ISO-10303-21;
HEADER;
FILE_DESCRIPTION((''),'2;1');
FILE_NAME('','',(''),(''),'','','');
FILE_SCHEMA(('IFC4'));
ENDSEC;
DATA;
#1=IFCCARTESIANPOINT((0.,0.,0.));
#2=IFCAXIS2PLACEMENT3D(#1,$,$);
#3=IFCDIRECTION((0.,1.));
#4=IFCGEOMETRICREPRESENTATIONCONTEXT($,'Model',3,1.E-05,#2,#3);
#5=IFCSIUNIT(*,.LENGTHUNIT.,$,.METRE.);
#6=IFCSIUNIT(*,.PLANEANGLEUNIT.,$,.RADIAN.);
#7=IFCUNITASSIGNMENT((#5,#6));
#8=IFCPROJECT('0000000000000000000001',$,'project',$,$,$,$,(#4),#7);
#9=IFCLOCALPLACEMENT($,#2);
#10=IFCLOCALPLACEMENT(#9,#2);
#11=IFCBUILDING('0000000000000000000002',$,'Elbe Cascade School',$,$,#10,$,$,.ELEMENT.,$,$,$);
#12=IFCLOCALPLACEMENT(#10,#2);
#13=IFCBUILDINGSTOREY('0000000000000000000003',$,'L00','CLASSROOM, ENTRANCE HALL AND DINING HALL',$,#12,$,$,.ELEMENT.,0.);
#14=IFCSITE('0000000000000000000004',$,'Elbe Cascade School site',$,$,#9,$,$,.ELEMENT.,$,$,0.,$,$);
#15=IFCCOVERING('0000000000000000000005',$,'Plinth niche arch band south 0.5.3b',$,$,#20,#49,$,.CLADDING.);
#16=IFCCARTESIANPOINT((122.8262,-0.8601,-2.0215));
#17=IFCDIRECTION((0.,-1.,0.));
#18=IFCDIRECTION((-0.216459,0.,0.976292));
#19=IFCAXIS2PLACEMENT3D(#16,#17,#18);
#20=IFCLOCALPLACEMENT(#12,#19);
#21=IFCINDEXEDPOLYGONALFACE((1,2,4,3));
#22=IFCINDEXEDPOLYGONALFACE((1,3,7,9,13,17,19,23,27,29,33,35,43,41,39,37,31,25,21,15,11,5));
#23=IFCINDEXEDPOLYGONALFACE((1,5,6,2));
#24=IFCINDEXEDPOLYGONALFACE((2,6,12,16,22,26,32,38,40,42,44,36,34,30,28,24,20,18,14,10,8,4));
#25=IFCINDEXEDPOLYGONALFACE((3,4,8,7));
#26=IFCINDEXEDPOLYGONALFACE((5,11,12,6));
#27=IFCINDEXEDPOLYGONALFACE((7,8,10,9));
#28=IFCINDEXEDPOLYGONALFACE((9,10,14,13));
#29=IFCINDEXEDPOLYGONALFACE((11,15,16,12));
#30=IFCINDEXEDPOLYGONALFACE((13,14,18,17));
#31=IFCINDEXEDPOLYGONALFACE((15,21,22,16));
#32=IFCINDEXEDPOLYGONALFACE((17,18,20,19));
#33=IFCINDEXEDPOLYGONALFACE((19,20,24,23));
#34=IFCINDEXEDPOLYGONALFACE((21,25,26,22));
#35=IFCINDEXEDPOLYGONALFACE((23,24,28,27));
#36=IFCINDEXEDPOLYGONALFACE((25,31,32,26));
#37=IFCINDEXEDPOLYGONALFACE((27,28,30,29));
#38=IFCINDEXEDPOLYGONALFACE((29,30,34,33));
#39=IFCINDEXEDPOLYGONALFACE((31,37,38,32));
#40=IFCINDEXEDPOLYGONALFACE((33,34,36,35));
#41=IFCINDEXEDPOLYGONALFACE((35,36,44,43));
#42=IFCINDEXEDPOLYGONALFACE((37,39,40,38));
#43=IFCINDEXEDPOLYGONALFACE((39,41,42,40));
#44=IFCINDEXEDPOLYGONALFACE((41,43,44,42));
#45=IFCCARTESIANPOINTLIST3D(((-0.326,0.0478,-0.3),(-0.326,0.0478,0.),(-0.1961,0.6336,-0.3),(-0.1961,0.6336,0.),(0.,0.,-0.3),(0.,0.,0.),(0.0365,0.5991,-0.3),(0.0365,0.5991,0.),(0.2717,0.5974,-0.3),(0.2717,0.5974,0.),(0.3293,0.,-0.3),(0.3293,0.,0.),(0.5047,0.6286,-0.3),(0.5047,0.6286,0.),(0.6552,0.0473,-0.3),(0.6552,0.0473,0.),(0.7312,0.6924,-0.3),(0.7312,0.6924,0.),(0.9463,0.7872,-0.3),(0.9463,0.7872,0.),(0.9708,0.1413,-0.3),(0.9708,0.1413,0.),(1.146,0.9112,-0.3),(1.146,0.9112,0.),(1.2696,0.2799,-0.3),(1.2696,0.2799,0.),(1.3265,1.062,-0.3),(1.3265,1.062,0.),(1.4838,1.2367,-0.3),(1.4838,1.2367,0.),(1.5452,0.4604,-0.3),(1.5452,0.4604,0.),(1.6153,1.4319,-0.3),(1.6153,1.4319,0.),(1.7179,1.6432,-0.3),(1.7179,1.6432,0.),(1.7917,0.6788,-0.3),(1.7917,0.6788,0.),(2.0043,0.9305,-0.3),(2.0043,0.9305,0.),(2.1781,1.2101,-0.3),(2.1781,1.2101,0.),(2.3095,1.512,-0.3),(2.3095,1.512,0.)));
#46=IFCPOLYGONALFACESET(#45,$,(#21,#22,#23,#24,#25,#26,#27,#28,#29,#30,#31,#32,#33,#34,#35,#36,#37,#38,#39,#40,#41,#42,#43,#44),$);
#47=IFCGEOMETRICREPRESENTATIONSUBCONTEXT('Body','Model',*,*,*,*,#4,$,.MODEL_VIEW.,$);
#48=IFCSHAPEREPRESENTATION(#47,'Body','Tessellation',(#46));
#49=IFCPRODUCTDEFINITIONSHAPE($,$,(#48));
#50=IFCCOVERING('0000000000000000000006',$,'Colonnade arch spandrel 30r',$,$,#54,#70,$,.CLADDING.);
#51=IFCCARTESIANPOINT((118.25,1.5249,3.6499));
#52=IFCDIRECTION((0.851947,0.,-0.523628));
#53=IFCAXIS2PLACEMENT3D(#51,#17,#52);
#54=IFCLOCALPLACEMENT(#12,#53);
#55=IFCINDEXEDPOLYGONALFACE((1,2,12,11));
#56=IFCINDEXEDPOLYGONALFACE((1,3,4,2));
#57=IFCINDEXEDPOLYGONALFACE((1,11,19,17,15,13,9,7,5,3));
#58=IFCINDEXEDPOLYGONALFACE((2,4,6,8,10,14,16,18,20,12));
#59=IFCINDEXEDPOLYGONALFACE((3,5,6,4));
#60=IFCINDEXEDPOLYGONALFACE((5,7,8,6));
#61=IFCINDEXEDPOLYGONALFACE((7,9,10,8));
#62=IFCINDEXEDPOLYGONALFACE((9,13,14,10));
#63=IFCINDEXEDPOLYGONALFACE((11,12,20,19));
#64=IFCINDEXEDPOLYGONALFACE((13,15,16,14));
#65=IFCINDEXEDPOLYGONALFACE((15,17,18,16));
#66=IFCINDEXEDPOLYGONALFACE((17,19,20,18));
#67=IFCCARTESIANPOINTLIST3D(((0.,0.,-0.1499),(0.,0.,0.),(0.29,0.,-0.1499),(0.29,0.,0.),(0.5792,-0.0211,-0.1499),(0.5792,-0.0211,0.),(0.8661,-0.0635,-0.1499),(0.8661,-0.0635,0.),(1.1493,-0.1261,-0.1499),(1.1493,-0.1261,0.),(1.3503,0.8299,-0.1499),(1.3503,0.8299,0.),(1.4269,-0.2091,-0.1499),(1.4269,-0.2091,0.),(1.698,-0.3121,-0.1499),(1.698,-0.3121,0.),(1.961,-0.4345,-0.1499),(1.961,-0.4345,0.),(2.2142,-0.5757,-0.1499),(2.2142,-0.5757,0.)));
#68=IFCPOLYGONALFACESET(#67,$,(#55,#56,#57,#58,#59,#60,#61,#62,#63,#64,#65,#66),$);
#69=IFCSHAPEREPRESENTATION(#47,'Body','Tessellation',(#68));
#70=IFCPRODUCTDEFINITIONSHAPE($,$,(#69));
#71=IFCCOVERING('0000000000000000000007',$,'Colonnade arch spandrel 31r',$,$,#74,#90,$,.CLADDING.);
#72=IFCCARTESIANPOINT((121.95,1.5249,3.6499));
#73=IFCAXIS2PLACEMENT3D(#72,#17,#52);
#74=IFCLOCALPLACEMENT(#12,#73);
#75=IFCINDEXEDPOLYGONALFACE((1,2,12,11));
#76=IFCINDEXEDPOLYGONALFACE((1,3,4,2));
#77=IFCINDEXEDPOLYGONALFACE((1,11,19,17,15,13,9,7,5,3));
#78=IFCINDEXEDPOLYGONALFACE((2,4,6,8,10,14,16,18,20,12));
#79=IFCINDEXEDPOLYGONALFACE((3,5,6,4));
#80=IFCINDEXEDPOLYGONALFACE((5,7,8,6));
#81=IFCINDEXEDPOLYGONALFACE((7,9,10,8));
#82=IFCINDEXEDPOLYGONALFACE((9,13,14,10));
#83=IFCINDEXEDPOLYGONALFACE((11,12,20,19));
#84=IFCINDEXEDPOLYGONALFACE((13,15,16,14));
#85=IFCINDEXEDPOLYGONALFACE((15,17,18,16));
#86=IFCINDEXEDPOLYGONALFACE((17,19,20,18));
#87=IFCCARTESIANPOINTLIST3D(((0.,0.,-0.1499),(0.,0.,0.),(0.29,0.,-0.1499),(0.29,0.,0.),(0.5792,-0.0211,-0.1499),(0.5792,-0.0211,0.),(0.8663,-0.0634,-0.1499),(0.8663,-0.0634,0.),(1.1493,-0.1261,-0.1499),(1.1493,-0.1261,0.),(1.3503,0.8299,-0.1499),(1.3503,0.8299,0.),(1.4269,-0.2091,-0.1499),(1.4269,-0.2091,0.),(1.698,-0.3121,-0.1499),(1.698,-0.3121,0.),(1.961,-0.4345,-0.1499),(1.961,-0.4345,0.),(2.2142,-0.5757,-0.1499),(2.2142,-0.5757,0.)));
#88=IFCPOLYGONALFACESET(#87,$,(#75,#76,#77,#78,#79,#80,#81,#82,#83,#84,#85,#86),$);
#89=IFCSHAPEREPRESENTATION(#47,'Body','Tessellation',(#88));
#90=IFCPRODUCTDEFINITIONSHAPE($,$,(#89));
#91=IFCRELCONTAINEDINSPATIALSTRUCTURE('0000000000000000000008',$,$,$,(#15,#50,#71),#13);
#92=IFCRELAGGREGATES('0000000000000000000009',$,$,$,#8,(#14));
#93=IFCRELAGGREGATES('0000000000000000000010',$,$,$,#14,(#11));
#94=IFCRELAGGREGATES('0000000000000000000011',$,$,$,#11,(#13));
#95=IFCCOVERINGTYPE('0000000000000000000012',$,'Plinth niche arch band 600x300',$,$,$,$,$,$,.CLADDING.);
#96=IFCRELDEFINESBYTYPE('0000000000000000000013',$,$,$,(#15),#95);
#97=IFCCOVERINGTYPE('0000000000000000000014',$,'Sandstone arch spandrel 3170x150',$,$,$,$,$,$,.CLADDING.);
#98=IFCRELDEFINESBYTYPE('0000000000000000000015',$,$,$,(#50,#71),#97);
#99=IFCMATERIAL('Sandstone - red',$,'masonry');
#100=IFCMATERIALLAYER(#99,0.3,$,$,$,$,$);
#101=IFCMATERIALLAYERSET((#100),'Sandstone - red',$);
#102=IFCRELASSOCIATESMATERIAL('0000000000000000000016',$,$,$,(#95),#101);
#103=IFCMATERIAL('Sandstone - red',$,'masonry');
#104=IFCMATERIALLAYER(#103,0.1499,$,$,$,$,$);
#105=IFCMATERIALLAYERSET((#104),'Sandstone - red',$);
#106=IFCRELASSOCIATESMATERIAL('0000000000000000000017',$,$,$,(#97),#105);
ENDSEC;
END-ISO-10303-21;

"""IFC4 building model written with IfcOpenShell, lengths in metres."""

from ifc_helpers import new_model, si_unit, direction, frame, origin, place, context, subcontext, project, spatial, polyline, outline, extrude, material, layer, layer_set, type_object, element, save


model = new_model("IFC4")

# Units and contexts
model_context = context("Model", 3, precision=1e-05, world=origin(), true_north=direction((0.0, 1.0)))
body_context = subcontext(model_context, "Body", "Model", "MODEL_VIEW")
ifc_project = project(units=[si_unit("LENGTHUNIT", "METRE"), si_unit("PLANEANGLEUNIT", "RADIAN")], contexts=[model_context])

# Site, building, storey
site_placement = place(None, origin())
site = spatial("IfcSite", under=ifc_project, at=site_placement, Name="Elbe Cascade School site", CompositionType="ELEMENT", RefElevation=0.0)
building_placement = place(site_placement, origin())
building = spatial("IfcBuilding", under=site, at=building_placement, Name="Elbe Cascade School", CompositionType="ELEMENT")
storey_placement = place(building_placement, origin())
storey = spatial("IfcBuildingStorey", under=building, at=storey_placement, Name="L00", Description="CLASSROOM, ENTRANCE HALL AND DINING HALL", CompositionType="ELEMENT", Elevation=0.0)

# Coverings
ifc_material_1 = material(Name="Sandstone - red", Category="masonry")
ifc_layer_1 = layer(ifc_material_1, 0.3)
ifc_layer_set_1 = layer_set([ifc_layer_1], Name="Sandstone - red")
covering_type_1 = type_object("IfcCoveringType", Name="Plinth niche arch band 600x300", PredefinedType="CLADDING", material=ifc_layer_set_1)
covering_1_placement = place(storey_placement, frame((122.8262, -0.8601, -2.0215), z_axis=(0.0, -1.0, 0.0), x_axis=(-0.216459, 0.0, 0.976292)))
element("IfcCovering", 1, at=covering_1_placement, inside=storey, type_object=covering_type_1, Name="Plinth niche arch band south 0.5.3b", PredefinedType="CLADDING", context=body_context, shape_type="SweptSolid", body=[
    extrude(outline(polyline([(0.0, 0.0), (0.3293, 0.0), (0.6552, 0.0473), (0.9708, 0.1413), (1.2696, 0.2799), (1.5452, 0.4604), (1.7917, 0.6788), (2.0043, 0.9305), (2.1781, 1.2101), (2.3095, 1.512), (1.7179, 1.6432), (1.6153, 1.4319), (1.4838, 1.2367), (1.3265, 1.062), (1.146, 0.9112), (0.9463, 0.7872), (0.7312, 0.6924), (0.5047, 0.6286), (0.2717, 0.5974), (0.0365, 0.5991), (-0.1961, 0.6336), (-0.326, 0.0478), (0.0, 0.0)])), origin(), (0.0, 0.0, -1.0), 0.3),
])
ifc_material_2 = material(Name="Sandstone - red", Category="masonry")
ifc_layer_2 = layer(ifc_material_2, 0.1499)
ifc_layer_set_2 = layer_set([ifc_layer_2], Name="Sandstone - red")
covering_type_2 = type_object("IfcCoveringType", Name="Sandstone arch spandrel 3170x150", PredefinedType="CLADDING", material=ifc_layer_set_2)
covering_2_placement = place(storey_placement, frame((118.25, 1.5249, 3.6499), z_axis=(0.0, -1.0, 0.0), x_axis=(0.851947, 0.0, -0.523628)))
element("IfcCovering", 2, at=covering_2_placement, inside=storey, type_object=covering_type_2, Name="Colonnade arch spandrel 30r", PredefinedType="CLADDING", context=body_context, shape_type="SweptSolid", body=[
    extrude(outline(polyline([(0.0, 0.0), (0.29, 0.0), (0.5792, -0.0211), (0.8661, -0.0635), (1.1493, -0.1261), (1.4269, -0.2091), (1.698, -0.3121), (1.961, -0.4345), (2.2142, -0.5757), (1.3503, 0.8299), (0.0, 0.0)])), origin(), (0.0, 0.0, -1.0), 0.1499),
])
covering_3_placement = place(storey_placement, frame((121.95, 1.5249, 3.6499), z_axis=(0.0, -1.0, 0.0), x_axis=(0.851947, 0.0, -0.523628)))
element("IfcCovering", 3, at=covering_3_placement, inside=storey, type_object=covering_type_2, Name="Colonnade arch spandrel 31r", PredefinedType="CLADDING", context=body_context, shape_type="SweptSolid", body=[
    extrude(outline(polyline([(0.0, 0.0), (0.29, 0.0), (0.5792, -0.0211), (0.8663, -0.0634), (1.1493, -0.1261), (1.4269, -0.2091), (1.698, -0.3121), (1.961, -0.4345), (2.2142, -0.5757), (1.3503, 0.8299), (0.0, 0.0)])), origin(), (0.0, 0.0, -1.0), 0.1499),
])

save(model, "model.ifc")
